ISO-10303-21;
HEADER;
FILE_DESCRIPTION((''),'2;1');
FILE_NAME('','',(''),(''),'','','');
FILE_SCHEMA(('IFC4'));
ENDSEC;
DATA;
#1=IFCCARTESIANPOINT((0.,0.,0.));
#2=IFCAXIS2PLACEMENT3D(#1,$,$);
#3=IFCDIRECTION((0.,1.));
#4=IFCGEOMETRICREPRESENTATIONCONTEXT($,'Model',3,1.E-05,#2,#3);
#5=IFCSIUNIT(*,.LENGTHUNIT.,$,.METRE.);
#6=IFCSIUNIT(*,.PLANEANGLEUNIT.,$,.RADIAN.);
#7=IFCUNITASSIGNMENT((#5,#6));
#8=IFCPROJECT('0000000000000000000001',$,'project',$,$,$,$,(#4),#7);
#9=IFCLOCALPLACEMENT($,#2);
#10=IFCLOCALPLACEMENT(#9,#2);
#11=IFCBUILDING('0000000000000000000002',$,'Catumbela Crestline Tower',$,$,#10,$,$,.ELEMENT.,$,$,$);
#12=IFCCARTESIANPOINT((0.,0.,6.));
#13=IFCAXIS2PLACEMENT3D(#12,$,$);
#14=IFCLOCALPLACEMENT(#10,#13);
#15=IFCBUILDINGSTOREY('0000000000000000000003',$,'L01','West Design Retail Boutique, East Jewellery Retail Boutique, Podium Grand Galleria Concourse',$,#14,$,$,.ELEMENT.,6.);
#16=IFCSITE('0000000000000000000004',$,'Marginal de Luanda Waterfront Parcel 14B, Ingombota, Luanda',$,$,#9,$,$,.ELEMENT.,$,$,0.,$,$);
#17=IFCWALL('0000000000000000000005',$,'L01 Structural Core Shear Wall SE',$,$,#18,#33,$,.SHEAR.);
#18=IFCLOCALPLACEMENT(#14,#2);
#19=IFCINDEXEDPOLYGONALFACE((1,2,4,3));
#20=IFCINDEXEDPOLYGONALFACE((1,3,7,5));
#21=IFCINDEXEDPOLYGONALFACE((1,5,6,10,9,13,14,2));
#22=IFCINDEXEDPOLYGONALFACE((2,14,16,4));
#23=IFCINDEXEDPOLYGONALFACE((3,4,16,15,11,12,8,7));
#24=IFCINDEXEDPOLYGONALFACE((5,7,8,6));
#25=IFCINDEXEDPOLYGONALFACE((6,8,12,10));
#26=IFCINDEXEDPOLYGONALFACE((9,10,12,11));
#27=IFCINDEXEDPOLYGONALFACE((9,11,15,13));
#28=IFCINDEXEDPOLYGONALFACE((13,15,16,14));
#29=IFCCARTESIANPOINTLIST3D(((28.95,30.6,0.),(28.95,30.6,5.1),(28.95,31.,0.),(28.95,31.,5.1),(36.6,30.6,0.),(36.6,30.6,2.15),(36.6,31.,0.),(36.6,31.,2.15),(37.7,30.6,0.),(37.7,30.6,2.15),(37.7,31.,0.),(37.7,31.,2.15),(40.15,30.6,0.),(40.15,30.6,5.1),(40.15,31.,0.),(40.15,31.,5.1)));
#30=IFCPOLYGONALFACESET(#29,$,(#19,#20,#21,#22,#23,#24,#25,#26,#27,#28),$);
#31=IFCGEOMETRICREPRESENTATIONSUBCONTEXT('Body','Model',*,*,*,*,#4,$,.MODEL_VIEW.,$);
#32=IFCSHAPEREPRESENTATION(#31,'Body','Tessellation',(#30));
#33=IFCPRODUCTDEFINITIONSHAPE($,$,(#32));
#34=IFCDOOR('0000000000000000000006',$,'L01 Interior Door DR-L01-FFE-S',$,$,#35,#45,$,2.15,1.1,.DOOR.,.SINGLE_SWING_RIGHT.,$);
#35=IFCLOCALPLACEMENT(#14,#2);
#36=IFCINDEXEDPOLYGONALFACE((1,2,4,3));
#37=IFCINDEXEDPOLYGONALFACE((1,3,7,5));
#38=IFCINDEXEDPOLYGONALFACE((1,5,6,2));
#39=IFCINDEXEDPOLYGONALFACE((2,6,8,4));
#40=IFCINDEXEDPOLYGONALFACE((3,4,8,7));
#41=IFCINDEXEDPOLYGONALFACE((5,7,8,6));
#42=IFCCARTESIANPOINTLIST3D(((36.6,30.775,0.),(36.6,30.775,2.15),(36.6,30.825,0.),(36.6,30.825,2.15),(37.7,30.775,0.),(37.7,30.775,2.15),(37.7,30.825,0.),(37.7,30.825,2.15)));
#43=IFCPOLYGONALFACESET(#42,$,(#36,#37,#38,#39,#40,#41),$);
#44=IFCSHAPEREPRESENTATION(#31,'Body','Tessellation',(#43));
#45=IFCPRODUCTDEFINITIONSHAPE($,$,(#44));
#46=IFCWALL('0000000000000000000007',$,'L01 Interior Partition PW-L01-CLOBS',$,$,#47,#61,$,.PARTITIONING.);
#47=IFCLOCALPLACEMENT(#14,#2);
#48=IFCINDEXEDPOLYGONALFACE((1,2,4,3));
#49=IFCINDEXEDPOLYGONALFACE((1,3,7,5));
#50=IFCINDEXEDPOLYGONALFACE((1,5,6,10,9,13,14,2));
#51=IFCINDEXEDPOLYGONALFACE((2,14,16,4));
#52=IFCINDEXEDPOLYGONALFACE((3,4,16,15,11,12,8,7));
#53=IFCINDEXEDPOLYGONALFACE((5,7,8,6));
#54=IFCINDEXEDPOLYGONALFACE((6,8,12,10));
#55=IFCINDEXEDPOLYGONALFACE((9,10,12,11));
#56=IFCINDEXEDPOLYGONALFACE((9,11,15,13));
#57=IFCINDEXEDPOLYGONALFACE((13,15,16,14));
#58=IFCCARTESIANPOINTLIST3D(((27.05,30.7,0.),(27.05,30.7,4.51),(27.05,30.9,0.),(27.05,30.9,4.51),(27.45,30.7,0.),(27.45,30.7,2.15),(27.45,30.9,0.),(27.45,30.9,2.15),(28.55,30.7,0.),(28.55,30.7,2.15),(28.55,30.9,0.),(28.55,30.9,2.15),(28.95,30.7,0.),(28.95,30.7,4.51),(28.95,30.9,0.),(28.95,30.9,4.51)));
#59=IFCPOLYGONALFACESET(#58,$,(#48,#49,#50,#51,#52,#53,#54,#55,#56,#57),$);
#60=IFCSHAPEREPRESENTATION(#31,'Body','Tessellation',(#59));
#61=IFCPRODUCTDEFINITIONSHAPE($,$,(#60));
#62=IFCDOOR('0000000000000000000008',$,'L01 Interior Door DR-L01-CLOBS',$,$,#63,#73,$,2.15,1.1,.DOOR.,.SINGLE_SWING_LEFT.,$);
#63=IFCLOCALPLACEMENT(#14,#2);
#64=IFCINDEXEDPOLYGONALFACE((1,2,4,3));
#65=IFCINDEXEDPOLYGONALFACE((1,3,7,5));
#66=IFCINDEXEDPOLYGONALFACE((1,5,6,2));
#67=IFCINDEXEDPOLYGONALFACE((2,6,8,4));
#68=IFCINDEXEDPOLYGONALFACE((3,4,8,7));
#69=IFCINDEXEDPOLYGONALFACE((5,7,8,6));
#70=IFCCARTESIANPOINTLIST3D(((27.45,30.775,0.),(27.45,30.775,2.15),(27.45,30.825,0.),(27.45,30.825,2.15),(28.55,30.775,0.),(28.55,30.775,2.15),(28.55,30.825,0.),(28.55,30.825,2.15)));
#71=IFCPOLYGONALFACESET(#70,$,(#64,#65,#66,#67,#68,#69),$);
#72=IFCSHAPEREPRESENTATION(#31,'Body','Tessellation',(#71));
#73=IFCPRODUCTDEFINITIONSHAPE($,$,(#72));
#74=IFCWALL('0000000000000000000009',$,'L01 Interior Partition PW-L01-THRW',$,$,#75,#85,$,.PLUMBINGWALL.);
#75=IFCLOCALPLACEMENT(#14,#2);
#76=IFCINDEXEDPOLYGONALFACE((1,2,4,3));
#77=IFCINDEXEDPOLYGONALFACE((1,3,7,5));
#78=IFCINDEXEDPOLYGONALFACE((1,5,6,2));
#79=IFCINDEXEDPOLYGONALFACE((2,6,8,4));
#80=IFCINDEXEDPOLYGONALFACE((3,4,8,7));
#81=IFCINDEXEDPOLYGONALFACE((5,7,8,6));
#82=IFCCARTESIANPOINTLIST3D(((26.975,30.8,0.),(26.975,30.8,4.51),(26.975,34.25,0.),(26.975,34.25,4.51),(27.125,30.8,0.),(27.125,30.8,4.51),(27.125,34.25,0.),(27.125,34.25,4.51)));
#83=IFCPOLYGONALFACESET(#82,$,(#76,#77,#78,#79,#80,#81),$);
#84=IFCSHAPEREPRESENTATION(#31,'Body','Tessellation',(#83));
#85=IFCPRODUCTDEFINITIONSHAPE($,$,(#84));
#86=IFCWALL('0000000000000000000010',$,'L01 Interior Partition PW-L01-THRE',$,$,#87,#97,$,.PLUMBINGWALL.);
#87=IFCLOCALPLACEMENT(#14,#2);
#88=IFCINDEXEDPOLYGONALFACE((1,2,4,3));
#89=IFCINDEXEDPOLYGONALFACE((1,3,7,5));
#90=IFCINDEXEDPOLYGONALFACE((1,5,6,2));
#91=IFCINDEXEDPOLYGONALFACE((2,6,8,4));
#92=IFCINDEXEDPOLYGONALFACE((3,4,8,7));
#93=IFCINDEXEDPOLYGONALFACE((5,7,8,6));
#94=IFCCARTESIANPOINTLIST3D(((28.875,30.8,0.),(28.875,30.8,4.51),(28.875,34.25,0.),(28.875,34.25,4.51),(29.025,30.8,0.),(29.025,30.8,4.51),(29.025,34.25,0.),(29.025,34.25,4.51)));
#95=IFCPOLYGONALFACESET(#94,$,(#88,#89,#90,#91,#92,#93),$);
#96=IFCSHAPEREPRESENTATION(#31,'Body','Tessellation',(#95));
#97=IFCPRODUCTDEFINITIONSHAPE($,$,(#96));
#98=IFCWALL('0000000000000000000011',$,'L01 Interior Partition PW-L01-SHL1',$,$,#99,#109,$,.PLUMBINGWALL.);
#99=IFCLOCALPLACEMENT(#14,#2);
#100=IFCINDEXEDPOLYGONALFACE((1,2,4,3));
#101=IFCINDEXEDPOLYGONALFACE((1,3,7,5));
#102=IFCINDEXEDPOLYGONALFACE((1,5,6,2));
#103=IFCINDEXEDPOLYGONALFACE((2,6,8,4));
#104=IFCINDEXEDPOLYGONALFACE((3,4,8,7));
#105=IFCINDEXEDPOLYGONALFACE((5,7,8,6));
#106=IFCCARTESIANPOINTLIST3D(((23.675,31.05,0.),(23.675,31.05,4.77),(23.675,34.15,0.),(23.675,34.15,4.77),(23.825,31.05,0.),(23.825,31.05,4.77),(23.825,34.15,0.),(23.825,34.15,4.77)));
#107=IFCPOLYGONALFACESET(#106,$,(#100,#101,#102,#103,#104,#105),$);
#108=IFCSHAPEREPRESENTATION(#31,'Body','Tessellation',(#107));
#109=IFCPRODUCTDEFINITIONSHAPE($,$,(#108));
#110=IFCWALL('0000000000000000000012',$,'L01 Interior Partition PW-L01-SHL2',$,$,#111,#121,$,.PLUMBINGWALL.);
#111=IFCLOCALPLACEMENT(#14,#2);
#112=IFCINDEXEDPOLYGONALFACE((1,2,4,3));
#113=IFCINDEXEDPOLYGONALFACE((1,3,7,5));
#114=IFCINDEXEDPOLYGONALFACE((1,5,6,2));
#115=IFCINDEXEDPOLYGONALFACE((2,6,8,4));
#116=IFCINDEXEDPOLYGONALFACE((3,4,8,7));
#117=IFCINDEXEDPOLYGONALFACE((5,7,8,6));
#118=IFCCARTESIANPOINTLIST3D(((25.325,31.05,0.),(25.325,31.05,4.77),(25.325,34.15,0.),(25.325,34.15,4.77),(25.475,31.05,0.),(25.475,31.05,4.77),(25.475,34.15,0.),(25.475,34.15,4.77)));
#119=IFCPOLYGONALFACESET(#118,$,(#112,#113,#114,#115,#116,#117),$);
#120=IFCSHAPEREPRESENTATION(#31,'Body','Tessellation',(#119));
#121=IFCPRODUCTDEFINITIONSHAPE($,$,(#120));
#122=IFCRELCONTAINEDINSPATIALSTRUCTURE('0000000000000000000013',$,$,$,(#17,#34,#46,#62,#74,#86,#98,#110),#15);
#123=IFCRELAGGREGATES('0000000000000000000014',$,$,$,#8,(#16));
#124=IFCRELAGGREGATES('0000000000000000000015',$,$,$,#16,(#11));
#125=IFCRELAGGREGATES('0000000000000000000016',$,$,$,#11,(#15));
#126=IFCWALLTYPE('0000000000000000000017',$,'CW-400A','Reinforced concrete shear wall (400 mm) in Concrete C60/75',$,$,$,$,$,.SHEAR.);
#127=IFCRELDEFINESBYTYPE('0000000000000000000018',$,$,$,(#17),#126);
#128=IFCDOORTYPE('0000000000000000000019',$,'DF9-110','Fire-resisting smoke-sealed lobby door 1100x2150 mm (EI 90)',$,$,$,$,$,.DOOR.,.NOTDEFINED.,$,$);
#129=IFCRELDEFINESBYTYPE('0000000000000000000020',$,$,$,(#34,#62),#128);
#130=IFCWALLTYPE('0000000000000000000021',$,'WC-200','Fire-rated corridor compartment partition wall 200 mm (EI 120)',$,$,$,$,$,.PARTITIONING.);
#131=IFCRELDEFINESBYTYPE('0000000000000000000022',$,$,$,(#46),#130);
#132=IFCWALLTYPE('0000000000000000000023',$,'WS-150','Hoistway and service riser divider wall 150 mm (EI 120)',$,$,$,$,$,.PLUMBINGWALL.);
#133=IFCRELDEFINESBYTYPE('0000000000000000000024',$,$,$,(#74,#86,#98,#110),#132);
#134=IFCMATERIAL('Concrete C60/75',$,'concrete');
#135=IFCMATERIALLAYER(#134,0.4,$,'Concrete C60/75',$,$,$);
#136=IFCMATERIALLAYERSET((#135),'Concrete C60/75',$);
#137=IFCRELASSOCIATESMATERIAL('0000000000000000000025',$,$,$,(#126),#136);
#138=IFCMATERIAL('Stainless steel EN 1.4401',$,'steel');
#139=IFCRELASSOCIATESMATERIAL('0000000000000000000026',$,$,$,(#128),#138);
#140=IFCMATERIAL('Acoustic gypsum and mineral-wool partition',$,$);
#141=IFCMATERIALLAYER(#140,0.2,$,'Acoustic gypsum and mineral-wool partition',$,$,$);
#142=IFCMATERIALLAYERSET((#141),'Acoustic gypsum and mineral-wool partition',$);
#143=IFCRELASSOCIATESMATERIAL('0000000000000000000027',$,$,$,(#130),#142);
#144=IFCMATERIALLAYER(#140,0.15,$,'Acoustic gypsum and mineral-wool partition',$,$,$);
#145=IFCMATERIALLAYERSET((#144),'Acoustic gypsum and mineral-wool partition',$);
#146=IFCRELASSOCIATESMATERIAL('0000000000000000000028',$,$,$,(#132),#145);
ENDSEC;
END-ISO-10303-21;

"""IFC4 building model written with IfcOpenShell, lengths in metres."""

from ifc_helpers import new_model, si_unit, direction, frame, frame_2d, origin, place, context, subcontext, project, spatial, rectangle, extrude, material, layer, layer_set, type_object, element, fill, save


model = new_model("IFC4")

# Units and contexts
model_context = context("Model", 3, precision=1e-05, world=origin(), true_north=direction((0.0, 1.0)))
body_context = subcontext(model_context, "Body", "Model", "MODEL_VIEW")
ifc_project = project(units=[si_unit("LENGTHUNIT", "METRE"), si_unit("PLANEANGLEUNIT", "RADIAN")], contexts=[model_context])

# Site, building, storey
site_placement = place(None, origin())
site = spatial("IfcSite", under=ifc_project, at=site_placement, Name="Marginal de Luanda Waterfront Parcel 14B, Ingombota, Luanda", CompositionType="ELEMENT", RefElevation=0.0)
building_placement = place(site_placement, origin())
building = spatial("IfcBuilding", under=site, at=building_placement, Name="Catumbela Crestline Tower", CompositionType="ELEMENT")
storey_placement = place(building_placement, frame((0.0, 0.0, 6.0)))
storey = spatial("IfcBuildingStorey", under=building, at=storey_placement, Name="L01", Description="West Design Retail Boutique, East Jewellery Retail Boutique, Podium Grand Galleria Concourse", CompositionType="ELEMENT", Elevation=6.0)

# Shared definitions
ifc_material_1 = material(Name="Concrete C60/75", Category="concrete")

# Walls, openings, doors
ifc_layer_1 = layer(ifc_material_1, 0.4, Name="Concrete C60/75")
ifc_layer_set_1 = layer_set([ifc_layer_1], Name="Concrete C60/75")
wall_type_1 = type_object("IfcWallType", Name="CW-400A", Description="Reinforced concrete shear wall (400 mm) in Concrete C60/75", PredefinedType="SHEAR", material=ifc_layer_set_1)
wall_1_placement = place(storey_placement, frame((28.95, 30.8, 0.0), z_axis=(0.0, 0.0, 1.0), x_axis=(1.0, 0.0, 0.0)))
wall_1 = element("IfcWall", 1, at=wall_1_placement, inside=storey, type_object=wall_type_1, Name="L01 Structural Core Shear Wall SE", PredefinedType="SHEAR", context=body_context, shape_type="SweptSolid", body=[
    extrude(rectangle(XDim=11.2, YDim=0.4, at=frame_2d((5.6, 0.0))), origin(), (0.0, 0.0, 1.0), 5.1),
])
opening_1_placement = place(wall_1_placement, frame((7.65, 0.0, 0.0)))
opening_1 = element("IfcOpeningElement", 2, at=opening_1_placement, cuts=wall_1, PredefinedType="OPENING", context=body_context, shape_type="SweptSolid", body=[
    extrude(rectangle(XDim=1.1, YDim=2.15, at=frame_2d((0.55, 1.075))), frame((0.0, 0.21, 0.0), z_axis=(0.0, -1.0, 0.0), x_axis=(1.0, 0.0, 0.0)), (0.0, 0.0, 1.0), 0.42),
])
ifc_material_2 = material(Name="Stainless steel EN 1.4401", Category="steel")
door_type = type_object("IfcDoorType", Name="DF9-110", Description="Fire-resisting smoke-sealed lobby door 1100x2150 mm (EI 90)", OperationType="NOTDEFINED", PredefinedType="DOOR", material=ifc_material_2)
door_1_placement = place(opening_1_placement, origin())
door_1 = element("IfcDoor", 3, at=door_1_placement, inside=storey, type_object=door_type, Name="L01 Interior Door DR-L01-FFE-S", OperationType="SINGLE_SWING_RIGHT", OverallHeight=2.15, OverallWidth=1.1, PredefinedType="DOOR", context=body_context, shape_type="SweptSolid", body=[
    extrude(rectangle(XDim=1.1, YDim=2.15, at=frame_2d((0.55, 1.075))), frame((0.0, 0.025, 0.0), z_axis=(0.0, -1.0, 0.0), x_axis=(1.0, 0.0, 0.0)), (0.0, 0.0, 1.0), 0.05),
])
fill(opening_1, door_1)
ifc_material_3 = material(Name="Acoustic gypsum and mineral-wool partition")
ifc_layer_2 = layer(ifc_material_3, 0.2, Name="Acoustic gypsum and mineral-wool partition")
ifc_layer_set_2 = layer_set([ifc_layer_2], Name="Acoustic gypsum and mineral-wool partition")
wall_type_2 = type_object("IfcWallType", Name="WC-200", Description="Fire-rated corridor compartment partition wall 200 mm (EI 120)", PredefinedType="PARTITIONING", material=ifc_layer_set_2)
wall_2_placement = place(storey_placement, frame((27.05, 30.8, 0.0), z_axis=(0.0, 0.0, 1.0), x_axis=(1.0, 0.0, 0.0)))
wall_2 = element("IfcWall", 4, at=wall_2_placement, inside=storey, type_object=wall_type_2, Name="L01 Interior Partition PW-L01-CLOBS", PredefinedType="PARTITIONING", context=body_context, shape_type="SweptSolid", body=[
    extrude(rectangle(XDim=1.9, YDim=0.2, at=frame_2d((0.95, 0.0))), origin(), (0.0, 0.0, 1.0), 4.51),
])
opening_2_placement = place(wall_2_placement, frame((0.4, 0.0, 0.0)))
opening_2 = element("IfcOpeningElement", 5, at=opening_2_placement, cuts=wall_2, PredefinedType="OPENING", context=body_context, shape_type="SweptSolid", body=[
    extrude(rectangle(XDim=1.1, YDim=2.15, at=frame_2d((0.55, 1.075))), frame((0.0, 0.11, 0.0), z_axis=(0.0, -1.0, 0.0), x_axis=(1.0, 0.0, 0.0)), (0.0, 0.0, 1.0), 0.22),
])
door_2_placement = place(opening_2_placement, origin())
door_2 = element("IfcDoor", 6, at=door_2_placement, inside=storey, type_object=door_type, Name="L01 Interior Door DR-L01-CLOBS", OperationType="SINGLE_SWING_LEFT", OverallHeight=2.15, OverallWidth=1.1, PredefinedType="DOOR", context=body_context, shape_type="SweptSolid", body=[
    extrude(rectangle(XDim=1.1, YDim=2.15, at=frame_2d((0.55, 1.075))), frame((0.0, 0.025, 0.0), z_axis=(0.0, -1.0, 0.0), x_axis=(1.0, 0.0, 0.0)), (0.0, 0.0, 1.0), 0.05),
])
fill(opening_2, door_2)

# Walls
ifc_layer_3 = layer(ifc_material_3, 0.15, Name="Acoustic gypsum and mineral-wool partition")
ifc_layer_set_3 = layer_set([ifc_layer_3], Name="Acoustic gypsum and mineral-wool partition")
wall_type_3 = type_object("IfcWallType", Name="WS-150", Description="Hoistway and service riser divider wall 150 mm (EI 120)", PredefinedType="PLUMBINGWALL", material=ifc_layer_set_3)
for number, where, z_axis, x_axis, name in (
    (7, (27.05, 30.8, 0.0), (0.0, 0.0, 1.0), (0.0, 1.0, 0.0), "L01 Interior Partition PW-L01-THRW"),
    (8, (28.95, 30.8, 0.0), (0.0, 0.0, 1.0), (0.0, 1.0, 0.0), "L01 Interior Partition PW-L01-THRE"),
):
    element("IfcWall", number, at=place(storey_placement, frame(where, z_axis=z_axis, x_axis=x_axis)), inside=storey, type_object=wall_type_3, Name=name, PredefinedType="PLUMBINGWALL", context=body_context, shape_type="SweptSolid", body=[
        extrude(rectangle(XDim=3.45, YDim=0.15, at=frame_2d((1.725, 0.0))), origin(), (0.0, 0.0, 1.0), 4.51),
    ])
for number, where, z_axis, x_axis, name in (
    (9, (23.75, 31.05, 0.0), (0.0, 0.0, 1.0), (0.0, 1.0, 0.0), "L01 Interior Partition PW-L01-SHL1"),
    (10, (25.4, 31.05, 0.0), (0.0, 0.0, 1.0), (0.0, 1.0, 0.0), "L01 Interior Partition PW-L01-SHL2"),
):
    element("IfcWall", number, at=place(storey_placement, frame(where, z_axis=z_axis, x_axis=x_axis)), inside=storey, type_object=wall_type_3, Name=name, PredefinedType="PLUMBINGWALL", context=body_context, shape_type="SweptSolid", body=[
        extrude(rectangle(XDim=3.1, YDim=0.15, at=frame_2d((1.55, 0.0))), origin(), (0.0, 0.0, 1.0), 4.77),
    ])

save(model, "model.ifc")
